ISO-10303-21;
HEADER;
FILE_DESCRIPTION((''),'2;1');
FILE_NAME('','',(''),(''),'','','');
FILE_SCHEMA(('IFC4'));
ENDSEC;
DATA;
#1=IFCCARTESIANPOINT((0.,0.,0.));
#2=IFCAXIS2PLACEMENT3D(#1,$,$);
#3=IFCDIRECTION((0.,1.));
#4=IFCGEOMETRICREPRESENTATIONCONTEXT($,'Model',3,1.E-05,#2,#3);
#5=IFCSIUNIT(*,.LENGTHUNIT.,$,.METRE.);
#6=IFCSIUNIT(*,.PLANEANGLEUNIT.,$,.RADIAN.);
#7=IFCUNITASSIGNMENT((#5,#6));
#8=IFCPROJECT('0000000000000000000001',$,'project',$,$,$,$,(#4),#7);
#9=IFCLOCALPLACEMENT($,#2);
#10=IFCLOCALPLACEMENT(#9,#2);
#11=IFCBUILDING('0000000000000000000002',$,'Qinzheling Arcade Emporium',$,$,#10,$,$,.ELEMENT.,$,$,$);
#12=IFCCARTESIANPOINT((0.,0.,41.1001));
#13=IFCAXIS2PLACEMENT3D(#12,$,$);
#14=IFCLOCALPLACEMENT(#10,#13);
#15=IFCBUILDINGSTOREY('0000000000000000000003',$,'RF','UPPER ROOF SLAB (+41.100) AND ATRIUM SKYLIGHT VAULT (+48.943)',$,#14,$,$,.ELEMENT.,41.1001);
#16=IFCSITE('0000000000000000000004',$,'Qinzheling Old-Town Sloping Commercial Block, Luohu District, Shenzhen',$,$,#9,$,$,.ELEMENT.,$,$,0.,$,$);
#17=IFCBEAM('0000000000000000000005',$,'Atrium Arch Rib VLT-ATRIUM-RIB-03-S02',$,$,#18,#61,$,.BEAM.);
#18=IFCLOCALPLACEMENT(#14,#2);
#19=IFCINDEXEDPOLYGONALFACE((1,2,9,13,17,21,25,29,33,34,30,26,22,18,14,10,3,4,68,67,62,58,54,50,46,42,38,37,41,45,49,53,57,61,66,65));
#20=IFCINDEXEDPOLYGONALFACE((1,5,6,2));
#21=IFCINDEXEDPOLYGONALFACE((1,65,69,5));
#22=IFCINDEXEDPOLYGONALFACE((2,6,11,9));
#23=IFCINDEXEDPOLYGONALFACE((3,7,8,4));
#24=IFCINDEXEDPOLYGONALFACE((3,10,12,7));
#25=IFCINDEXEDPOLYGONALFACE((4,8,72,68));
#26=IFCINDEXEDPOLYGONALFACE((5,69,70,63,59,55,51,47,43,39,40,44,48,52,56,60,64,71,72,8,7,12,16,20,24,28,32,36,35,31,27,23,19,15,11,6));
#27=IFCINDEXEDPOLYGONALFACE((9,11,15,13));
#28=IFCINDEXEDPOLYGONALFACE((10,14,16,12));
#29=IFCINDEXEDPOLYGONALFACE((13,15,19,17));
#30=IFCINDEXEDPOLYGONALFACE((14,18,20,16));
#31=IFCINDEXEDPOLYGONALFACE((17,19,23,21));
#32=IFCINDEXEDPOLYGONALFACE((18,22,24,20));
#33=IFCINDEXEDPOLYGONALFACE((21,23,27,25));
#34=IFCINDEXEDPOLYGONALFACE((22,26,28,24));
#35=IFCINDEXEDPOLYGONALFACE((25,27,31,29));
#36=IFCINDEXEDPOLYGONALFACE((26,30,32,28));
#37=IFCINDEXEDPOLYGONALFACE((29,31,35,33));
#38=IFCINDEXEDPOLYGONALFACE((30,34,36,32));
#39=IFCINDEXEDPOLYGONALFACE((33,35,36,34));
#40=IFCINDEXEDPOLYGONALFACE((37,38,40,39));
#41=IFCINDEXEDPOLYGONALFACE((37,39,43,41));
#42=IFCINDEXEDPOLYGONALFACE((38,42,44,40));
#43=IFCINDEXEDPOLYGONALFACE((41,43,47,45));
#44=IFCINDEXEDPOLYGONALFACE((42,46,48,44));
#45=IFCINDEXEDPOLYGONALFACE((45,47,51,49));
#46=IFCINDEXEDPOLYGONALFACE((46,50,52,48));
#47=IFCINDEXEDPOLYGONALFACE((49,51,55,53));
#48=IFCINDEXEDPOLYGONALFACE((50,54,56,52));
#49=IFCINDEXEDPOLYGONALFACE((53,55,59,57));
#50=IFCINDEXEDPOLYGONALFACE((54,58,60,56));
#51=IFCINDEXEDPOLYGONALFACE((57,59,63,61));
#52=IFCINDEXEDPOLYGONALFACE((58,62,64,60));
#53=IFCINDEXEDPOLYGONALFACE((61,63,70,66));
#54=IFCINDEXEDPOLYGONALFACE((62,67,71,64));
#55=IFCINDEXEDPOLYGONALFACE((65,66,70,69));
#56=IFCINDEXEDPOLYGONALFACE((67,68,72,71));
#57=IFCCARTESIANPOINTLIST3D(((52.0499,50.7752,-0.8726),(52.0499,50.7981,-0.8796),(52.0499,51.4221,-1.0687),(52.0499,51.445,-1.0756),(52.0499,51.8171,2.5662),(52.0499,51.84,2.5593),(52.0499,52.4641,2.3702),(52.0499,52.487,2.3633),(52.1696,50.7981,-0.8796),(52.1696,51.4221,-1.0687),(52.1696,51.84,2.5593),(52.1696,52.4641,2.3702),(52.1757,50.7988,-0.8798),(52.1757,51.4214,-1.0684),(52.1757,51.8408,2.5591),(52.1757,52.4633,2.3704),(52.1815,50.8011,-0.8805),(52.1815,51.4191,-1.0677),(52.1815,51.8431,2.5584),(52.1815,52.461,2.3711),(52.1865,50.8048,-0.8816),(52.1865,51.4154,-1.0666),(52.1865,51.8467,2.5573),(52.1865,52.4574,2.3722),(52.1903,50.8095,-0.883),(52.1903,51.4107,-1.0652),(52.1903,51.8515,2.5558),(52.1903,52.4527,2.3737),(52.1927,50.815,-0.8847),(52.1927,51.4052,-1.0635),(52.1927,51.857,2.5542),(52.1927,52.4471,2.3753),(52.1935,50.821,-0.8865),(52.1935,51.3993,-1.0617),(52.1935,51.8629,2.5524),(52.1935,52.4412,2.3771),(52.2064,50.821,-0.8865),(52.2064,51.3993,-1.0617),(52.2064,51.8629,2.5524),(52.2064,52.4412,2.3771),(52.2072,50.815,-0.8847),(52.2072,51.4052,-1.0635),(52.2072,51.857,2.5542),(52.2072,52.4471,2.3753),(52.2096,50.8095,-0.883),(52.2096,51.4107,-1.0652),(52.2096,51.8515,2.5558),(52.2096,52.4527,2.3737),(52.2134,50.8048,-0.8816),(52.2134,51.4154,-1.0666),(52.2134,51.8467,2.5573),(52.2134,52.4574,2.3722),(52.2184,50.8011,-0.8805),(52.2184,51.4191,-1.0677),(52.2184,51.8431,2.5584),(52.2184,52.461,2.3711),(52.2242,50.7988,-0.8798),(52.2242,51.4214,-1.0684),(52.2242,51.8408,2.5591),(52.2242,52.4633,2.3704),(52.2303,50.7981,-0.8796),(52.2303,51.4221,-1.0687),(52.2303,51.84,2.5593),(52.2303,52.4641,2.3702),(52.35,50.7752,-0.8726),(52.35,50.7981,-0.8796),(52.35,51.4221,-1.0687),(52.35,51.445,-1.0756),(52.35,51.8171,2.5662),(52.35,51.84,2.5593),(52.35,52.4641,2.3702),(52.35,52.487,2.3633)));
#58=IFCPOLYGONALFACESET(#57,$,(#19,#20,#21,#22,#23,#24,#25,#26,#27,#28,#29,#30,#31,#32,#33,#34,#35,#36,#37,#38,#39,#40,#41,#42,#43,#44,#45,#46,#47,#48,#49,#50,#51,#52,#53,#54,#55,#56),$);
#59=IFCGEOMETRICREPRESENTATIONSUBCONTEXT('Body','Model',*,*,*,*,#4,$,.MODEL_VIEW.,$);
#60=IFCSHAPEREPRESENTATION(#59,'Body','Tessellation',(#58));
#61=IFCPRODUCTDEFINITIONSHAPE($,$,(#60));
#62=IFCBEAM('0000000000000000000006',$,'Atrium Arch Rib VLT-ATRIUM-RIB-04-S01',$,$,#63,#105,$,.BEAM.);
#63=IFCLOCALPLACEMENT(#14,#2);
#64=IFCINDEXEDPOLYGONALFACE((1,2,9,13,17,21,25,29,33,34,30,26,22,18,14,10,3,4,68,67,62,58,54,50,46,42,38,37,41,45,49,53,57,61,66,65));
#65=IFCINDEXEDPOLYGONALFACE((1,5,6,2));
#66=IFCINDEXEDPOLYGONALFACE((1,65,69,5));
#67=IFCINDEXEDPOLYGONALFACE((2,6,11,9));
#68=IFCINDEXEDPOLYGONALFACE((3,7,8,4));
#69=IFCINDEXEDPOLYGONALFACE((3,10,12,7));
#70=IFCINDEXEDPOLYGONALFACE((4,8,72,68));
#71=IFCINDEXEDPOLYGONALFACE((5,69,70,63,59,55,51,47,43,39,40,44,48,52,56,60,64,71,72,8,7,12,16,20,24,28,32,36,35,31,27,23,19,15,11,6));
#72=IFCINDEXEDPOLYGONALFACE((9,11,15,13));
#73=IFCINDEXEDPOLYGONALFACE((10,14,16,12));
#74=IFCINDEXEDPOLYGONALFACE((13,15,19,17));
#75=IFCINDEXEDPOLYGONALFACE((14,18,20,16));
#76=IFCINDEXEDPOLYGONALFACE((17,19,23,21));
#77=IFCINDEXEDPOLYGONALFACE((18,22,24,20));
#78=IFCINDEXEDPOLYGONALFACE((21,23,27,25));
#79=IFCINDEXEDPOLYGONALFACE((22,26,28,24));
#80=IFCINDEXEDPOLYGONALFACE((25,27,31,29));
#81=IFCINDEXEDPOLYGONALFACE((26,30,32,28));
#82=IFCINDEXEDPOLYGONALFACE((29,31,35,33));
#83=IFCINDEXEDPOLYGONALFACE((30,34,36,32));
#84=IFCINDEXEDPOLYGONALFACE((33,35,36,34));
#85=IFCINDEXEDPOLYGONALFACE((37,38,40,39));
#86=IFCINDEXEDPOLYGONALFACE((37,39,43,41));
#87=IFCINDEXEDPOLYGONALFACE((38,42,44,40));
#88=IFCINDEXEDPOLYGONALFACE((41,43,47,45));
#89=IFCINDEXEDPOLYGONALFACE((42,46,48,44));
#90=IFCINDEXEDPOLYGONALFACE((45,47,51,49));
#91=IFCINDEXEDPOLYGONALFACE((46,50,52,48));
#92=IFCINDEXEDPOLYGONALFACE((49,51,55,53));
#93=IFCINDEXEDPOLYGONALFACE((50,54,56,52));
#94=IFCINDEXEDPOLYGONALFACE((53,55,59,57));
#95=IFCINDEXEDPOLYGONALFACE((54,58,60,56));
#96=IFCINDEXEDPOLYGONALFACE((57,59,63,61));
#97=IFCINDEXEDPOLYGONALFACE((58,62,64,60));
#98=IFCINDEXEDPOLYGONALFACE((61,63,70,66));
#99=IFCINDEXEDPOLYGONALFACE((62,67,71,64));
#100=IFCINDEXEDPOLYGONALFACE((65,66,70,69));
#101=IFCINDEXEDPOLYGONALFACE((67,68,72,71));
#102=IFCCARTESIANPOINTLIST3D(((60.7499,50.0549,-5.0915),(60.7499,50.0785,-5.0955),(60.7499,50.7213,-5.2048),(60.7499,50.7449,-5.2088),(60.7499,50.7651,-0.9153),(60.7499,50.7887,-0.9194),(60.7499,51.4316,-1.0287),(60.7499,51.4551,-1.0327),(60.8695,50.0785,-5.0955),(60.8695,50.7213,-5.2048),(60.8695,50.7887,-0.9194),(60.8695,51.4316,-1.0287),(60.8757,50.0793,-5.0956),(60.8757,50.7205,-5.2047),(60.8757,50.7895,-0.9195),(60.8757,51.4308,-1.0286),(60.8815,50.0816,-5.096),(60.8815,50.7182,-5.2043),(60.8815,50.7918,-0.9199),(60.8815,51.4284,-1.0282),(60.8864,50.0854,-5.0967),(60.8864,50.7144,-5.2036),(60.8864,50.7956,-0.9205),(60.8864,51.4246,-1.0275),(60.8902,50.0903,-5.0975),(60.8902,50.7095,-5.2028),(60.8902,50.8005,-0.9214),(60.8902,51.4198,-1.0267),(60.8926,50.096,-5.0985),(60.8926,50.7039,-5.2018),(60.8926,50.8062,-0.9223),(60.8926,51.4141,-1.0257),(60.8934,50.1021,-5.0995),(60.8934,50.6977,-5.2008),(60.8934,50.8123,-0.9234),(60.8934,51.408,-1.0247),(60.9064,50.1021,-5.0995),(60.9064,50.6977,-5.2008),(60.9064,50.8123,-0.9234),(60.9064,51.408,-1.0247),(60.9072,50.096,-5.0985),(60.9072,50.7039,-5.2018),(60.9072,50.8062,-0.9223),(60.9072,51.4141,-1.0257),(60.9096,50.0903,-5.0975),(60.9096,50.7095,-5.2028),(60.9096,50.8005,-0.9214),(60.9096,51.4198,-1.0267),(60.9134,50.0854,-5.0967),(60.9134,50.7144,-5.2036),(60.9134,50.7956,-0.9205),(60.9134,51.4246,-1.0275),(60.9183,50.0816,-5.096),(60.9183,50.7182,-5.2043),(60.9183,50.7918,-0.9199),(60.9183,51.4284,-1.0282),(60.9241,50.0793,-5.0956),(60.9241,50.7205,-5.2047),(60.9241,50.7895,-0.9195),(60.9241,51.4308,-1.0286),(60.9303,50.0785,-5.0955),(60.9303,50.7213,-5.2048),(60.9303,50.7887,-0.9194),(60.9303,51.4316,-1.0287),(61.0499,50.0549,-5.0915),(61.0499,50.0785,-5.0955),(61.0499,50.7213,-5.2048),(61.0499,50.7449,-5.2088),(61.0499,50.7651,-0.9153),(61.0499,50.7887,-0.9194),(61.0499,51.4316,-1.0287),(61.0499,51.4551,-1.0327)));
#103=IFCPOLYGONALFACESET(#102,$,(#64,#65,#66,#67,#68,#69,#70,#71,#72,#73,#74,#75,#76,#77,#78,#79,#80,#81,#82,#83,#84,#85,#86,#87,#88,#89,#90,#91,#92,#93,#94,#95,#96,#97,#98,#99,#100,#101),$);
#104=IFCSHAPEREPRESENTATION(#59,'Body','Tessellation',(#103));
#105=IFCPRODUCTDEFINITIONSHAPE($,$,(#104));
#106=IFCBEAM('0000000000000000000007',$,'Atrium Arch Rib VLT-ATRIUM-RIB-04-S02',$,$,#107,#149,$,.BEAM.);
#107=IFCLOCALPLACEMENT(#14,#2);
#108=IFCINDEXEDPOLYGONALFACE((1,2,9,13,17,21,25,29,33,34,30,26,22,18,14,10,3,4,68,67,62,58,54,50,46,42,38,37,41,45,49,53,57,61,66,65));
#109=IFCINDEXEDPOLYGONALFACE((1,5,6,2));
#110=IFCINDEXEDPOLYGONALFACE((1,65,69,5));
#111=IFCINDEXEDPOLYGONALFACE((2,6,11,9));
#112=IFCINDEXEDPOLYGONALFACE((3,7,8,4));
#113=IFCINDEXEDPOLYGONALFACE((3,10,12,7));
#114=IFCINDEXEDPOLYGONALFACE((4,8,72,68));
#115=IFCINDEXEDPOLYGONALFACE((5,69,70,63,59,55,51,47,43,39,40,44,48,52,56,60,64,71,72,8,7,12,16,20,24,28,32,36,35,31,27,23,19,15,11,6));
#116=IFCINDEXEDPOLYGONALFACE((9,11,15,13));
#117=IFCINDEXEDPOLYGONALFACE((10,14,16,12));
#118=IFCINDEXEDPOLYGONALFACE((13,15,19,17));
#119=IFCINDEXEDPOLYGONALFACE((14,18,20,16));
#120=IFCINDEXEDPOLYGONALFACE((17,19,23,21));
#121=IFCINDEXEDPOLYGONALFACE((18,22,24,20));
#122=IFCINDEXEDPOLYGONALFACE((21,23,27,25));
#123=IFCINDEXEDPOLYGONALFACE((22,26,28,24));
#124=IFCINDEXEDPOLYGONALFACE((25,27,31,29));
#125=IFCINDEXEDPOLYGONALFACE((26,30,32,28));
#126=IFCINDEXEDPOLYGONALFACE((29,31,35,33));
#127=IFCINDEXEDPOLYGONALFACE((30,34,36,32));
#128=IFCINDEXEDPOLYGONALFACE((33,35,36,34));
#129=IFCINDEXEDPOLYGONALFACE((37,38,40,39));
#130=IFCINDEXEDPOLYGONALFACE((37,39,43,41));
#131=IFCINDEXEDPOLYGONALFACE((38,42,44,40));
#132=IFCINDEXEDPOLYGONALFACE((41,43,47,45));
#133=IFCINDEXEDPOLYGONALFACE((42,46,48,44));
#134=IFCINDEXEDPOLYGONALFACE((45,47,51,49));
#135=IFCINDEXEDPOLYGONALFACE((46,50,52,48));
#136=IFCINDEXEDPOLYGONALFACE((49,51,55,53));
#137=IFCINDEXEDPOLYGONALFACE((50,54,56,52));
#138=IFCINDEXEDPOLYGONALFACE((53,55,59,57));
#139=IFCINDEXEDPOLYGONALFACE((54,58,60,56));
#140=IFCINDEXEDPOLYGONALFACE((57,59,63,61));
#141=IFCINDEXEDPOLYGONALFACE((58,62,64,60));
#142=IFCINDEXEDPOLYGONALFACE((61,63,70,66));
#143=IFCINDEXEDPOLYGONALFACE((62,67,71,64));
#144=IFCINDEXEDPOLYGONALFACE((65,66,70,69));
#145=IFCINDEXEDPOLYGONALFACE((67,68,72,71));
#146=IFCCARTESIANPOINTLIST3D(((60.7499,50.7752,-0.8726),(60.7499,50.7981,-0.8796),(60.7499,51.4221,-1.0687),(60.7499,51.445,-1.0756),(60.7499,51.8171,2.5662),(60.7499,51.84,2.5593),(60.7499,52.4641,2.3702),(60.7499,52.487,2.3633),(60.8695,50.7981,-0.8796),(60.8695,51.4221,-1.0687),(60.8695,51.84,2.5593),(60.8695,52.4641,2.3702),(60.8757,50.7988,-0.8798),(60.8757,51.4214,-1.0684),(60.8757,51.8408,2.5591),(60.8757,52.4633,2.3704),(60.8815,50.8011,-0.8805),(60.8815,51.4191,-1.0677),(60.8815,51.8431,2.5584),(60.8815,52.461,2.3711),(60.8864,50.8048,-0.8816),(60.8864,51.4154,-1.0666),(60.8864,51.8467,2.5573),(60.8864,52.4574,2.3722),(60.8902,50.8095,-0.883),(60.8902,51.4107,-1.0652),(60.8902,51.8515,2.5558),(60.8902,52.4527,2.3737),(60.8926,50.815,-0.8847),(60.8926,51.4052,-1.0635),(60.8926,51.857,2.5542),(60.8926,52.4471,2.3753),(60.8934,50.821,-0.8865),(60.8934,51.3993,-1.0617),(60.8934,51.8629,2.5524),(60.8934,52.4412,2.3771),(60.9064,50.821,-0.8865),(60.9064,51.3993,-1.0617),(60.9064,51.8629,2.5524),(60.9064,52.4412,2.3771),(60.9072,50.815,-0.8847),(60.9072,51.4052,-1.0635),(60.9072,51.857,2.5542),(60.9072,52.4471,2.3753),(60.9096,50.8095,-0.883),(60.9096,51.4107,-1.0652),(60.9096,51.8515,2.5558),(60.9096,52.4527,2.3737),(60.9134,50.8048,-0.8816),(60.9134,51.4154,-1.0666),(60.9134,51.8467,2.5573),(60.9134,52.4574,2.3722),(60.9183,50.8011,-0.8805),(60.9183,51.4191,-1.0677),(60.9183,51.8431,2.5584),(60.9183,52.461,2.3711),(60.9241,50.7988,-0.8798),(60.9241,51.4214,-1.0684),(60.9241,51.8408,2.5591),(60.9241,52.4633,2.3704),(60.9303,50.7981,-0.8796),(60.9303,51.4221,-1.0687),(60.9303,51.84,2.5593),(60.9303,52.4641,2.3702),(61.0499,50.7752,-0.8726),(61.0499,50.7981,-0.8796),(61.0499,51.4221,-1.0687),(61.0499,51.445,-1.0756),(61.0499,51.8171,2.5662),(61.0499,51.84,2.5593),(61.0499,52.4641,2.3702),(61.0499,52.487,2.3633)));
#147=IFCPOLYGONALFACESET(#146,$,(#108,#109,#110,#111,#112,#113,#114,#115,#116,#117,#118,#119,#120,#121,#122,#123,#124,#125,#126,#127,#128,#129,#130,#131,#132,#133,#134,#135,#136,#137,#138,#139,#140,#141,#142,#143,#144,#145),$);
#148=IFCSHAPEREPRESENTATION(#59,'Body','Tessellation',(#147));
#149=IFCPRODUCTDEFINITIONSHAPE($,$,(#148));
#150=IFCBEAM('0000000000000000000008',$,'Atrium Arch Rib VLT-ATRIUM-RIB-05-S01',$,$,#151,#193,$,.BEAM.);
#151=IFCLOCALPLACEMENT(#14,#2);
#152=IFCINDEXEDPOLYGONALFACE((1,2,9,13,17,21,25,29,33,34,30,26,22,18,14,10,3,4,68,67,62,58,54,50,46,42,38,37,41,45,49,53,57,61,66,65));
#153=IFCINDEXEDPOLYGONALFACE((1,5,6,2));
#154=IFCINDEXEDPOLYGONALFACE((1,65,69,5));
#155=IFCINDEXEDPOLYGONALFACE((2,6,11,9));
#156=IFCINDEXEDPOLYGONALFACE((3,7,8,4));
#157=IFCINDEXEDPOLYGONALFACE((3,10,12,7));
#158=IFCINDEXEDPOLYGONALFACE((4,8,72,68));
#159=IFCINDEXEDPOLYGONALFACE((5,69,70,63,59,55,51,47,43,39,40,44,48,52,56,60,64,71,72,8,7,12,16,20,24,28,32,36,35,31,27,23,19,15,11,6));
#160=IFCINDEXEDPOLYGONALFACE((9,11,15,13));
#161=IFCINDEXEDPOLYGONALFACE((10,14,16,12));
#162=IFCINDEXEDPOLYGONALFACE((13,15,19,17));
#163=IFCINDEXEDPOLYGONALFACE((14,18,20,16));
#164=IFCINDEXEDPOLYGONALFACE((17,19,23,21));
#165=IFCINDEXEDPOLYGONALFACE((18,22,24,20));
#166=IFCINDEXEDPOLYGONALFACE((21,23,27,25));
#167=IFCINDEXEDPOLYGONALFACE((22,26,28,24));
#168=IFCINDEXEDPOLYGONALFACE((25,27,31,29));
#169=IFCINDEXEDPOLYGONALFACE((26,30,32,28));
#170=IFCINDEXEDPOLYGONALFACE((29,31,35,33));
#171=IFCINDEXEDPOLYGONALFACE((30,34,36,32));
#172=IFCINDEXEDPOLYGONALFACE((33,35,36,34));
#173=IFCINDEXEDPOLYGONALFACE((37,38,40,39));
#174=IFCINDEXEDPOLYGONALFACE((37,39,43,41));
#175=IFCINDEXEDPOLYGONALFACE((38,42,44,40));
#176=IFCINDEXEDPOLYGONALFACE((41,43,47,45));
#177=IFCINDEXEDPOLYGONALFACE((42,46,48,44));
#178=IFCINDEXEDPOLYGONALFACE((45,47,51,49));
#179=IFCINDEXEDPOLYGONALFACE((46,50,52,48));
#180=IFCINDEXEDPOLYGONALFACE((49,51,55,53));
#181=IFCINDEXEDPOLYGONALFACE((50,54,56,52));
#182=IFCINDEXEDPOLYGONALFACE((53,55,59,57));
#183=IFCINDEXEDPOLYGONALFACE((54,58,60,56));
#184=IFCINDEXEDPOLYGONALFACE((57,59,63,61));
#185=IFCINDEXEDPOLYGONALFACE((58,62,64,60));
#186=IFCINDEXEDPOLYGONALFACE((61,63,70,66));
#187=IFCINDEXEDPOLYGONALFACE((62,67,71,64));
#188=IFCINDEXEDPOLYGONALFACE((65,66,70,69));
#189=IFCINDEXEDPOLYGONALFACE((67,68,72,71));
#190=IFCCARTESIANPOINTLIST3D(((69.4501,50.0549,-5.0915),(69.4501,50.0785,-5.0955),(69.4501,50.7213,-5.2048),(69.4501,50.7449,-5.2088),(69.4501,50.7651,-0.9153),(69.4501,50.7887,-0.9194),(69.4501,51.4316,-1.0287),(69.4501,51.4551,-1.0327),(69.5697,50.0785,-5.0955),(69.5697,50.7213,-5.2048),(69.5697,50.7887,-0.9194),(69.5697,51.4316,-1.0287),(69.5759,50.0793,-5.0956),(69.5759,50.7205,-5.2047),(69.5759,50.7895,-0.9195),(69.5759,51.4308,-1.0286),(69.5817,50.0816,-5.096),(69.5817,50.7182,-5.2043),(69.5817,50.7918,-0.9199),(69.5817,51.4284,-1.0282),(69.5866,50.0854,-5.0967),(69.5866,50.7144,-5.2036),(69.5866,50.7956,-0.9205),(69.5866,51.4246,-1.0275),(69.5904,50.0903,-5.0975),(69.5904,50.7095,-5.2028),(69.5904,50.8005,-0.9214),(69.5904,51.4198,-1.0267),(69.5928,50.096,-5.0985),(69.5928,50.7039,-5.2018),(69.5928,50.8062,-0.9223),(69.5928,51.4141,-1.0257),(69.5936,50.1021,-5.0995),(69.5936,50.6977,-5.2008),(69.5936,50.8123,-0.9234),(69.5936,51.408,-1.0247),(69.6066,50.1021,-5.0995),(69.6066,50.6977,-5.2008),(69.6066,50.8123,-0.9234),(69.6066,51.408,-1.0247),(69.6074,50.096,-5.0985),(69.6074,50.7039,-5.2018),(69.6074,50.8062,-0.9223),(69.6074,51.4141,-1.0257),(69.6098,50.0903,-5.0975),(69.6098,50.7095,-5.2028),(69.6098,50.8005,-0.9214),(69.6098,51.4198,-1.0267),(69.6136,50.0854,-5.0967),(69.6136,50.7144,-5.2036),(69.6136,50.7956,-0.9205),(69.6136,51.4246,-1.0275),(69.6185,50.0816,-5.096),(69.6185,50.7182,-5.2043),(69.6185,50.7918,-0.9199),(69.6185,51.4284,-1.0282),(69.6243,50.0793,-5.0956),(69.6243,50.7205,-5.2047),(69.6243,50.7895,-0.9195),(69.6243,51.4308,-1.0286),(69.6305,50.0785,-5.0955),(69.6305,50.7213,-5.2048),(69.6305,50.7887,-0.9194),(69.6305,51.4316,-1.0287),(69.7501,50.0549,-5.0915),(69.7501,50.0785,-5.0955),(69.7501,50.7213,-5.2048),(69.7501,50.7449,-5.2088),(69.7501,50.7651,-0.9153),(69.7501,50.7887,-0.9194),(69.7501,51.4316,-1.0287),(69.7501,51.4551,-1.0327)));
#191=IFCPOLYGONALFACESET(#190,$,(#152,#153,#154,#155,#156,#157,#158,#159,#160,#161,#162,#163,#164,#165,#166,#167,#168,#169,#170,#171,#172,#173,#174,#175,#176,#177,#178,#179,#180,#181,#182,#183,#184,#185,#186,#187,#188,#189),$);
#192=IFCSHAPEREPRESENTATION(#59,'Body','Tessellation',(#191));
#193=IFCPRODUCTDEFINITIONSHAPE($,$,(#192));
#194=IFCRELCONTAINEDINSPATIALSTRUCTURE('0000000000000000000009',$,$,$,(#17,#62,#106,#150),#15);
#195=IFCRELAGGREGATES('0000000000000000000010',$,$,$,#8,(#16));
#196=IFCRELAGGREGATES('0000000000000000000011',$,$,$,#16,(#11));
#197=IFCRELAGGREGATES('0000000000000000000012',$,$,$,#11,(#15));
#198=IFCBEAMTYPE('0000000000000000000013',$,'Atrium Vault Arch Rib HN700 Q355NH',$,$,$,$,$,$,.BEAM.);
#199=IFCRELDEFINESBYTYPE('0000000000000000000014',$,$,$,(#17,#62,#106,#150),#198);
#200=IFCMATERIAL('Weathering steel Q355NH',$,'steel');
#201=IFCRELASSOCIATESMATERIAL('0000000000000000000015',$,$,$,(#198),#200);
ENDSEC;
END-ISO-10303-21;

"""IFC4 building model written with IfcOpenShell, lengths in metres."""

from ifc_helpers import new_model, si_unit, direction, frame, origin, origin_2d, place, context, subcontext, project, spatial, i_section, extrude, material, material_profile, profile_set, type_object, element, save


model = new_model("IFC4")

# Units and contexts
model_context = context("Model", 3, precision=1e-05, world=origin(), true_north=direction((0.0, 1.0)))
body_context = subcontext(model_context, "Body", "Model", "MODEL_VIEW")
ifc_project = project(units=[si_unit("LENGTHUNIT", "METRE"), si_unit("PLANEANGLEUNIT", "RADIAN")], contexts=[model_context])

# Site, building, storey
site_placement = place(None, origin())
site = spatial("IfcSite", under=ifc_project, at=site_placement, Name="Qinzheling Old-Town Sloping Commercial Block, Luohu District, Shenzhen", CompositionType="ELEMENT", RefElevation=0.0)
building_placement = place(site_placement, origin())
building = spatial("IfcBuilding", under=site, at=building_placement, Name="Qinzheling Arcade Emporium", CompositionType="ELEMENT")
storey_placement = place(building_placement, frame((0.0, 0.0, 41.1001)))
storey = spatial("IfcBuildingStorey", under=building, at=storey_placement, Name="RF", Description="UPPER ROOF SLAB (+41.100) AND ATRIUM SKYLIGHT VAULT (+48.943)", CompositionType="ELEMENT", Elevation=41.1001)

# Shared definitions
ifc_material_1 = material(Name="Weathering steel Q355NH", Category="steel")

# Beams
ifc_material_profile_1 = material_profile(ifc_material_1, i_section(OverallWidth=0.3, OverallDepth=0.7, WebThickness=0.0129, FlangeThickness=0.0239, FilletRadius=0.0239, at=origin_2d()), Name="HN 700x300x13x24", Category="steel")
ifc_profile_set_1 = profile_set([ifc_material_profile_1], Name="Weathering steel Q355NH")
beam_type_1 = type_object("IfcBeamType", Name="Atrium Vault Arch Rib HN700 Q355NH", PredefinedType="BEAM", material=ifc_profile_set_1)
beam_1_placement = place(storey_placement, frame((52.2, 51.1101, -0.9741), z_axis=(0.0, 0.289977, 0.957034), x_axis=(-1.0, 0.0, 0.0)))
element("IfcBeam", 1, at=beam_1_placement, inside=storey, type_object=beam_type_1, Name="Atrium Arch Rib VLT-ATRIUM-RIB-03-S02", PredefinedType="BEAM", context=body_context, shape_type="SweptSolid", body=[
    extrude(i_section(OverallWidth=0.3, OverallDepth=0.7, WebThickness=0.0129, FlangeThickness=0.0239, FilletRadius=0.0239, at=origin_2d()), origin(), (0.0, 0.0, 1.0), 3.5933),
])
beam_2_placement = place(storey_placement, frame((60.8999, 50.3999, -5.1501), z_axis=(0.0, 0.16766, 0.985845), x_axis=(-1.0, 0.0, 0.0)))
element("IfcBeam", 2, at=beam_2_placement, inside=storey, type_object=beam_type_1, Name="Atrium Arch Rib VLT-ATRIUM-RIB-04-S01", PredefinedType="BEAM", context=body_context, shape_type="SweptSolid", body=[
    extrude(i_section(OverallWidth=0.3, OverallDepth=0.7, WebThickness=0.0129, FlangeThickness=0.0239, FilletRadius=0.0239, at=origin_2d()), origin(), (0.0, 0.0, 1.0), 4.2361),
])
beam_3_placement = place(storey_placement, frame((60.8999, 51.1101, -0.9741), z_axis=(0.0, 0.289977, 0.957034), x_axis=(-1.0, 0.0, 0.0)))
element("IfcBeam", 3, at=beam_3_placement, inside=storey, type_object=beam_type_1, Name="Atrium Arch Rib VLT-ATRIUM-RIB-04-S02", PredefinedType="BEAM", context=body_context, shape_type="SweptSolid", body=[
    extrude(i_section(OverallWidth=0.3, OverallDepth=0.7, WebThickness=0.0129, FlangeThickness=0.0239, FilletRadius=0.0239, at=origin_2d()), origin(), (0.0, 0.0, 1.0), 3.5933),
])
beam_4_placement = place(storey_placement, frame((69.6001, 50.3999, -5.1501), z_axis=(0.0, 0.16766, 0.985845), x_axis=(-1.0, 0.0, 0.0)))
element("IfcBeam", 4, at=beam_4_placement, inside=storey, type_object=beam_type_1, Name="Atrium Arch Rib VLT-ATRIUM-RIB-05-S01", PredefinedType="BEAM", context=body_context, shape_type="SweptSolid", body=[
    extrude(i_section(OverallWidth=0.3, OverallDepth=0.7, WebThickness=0.0129, FlangeThickness=0.0239, FilletRadius=0.0239, at=origin_2d()), origin(), (0.0, 0.0, 1.0), 4.2361),
])

save(model, "model.ifc")
